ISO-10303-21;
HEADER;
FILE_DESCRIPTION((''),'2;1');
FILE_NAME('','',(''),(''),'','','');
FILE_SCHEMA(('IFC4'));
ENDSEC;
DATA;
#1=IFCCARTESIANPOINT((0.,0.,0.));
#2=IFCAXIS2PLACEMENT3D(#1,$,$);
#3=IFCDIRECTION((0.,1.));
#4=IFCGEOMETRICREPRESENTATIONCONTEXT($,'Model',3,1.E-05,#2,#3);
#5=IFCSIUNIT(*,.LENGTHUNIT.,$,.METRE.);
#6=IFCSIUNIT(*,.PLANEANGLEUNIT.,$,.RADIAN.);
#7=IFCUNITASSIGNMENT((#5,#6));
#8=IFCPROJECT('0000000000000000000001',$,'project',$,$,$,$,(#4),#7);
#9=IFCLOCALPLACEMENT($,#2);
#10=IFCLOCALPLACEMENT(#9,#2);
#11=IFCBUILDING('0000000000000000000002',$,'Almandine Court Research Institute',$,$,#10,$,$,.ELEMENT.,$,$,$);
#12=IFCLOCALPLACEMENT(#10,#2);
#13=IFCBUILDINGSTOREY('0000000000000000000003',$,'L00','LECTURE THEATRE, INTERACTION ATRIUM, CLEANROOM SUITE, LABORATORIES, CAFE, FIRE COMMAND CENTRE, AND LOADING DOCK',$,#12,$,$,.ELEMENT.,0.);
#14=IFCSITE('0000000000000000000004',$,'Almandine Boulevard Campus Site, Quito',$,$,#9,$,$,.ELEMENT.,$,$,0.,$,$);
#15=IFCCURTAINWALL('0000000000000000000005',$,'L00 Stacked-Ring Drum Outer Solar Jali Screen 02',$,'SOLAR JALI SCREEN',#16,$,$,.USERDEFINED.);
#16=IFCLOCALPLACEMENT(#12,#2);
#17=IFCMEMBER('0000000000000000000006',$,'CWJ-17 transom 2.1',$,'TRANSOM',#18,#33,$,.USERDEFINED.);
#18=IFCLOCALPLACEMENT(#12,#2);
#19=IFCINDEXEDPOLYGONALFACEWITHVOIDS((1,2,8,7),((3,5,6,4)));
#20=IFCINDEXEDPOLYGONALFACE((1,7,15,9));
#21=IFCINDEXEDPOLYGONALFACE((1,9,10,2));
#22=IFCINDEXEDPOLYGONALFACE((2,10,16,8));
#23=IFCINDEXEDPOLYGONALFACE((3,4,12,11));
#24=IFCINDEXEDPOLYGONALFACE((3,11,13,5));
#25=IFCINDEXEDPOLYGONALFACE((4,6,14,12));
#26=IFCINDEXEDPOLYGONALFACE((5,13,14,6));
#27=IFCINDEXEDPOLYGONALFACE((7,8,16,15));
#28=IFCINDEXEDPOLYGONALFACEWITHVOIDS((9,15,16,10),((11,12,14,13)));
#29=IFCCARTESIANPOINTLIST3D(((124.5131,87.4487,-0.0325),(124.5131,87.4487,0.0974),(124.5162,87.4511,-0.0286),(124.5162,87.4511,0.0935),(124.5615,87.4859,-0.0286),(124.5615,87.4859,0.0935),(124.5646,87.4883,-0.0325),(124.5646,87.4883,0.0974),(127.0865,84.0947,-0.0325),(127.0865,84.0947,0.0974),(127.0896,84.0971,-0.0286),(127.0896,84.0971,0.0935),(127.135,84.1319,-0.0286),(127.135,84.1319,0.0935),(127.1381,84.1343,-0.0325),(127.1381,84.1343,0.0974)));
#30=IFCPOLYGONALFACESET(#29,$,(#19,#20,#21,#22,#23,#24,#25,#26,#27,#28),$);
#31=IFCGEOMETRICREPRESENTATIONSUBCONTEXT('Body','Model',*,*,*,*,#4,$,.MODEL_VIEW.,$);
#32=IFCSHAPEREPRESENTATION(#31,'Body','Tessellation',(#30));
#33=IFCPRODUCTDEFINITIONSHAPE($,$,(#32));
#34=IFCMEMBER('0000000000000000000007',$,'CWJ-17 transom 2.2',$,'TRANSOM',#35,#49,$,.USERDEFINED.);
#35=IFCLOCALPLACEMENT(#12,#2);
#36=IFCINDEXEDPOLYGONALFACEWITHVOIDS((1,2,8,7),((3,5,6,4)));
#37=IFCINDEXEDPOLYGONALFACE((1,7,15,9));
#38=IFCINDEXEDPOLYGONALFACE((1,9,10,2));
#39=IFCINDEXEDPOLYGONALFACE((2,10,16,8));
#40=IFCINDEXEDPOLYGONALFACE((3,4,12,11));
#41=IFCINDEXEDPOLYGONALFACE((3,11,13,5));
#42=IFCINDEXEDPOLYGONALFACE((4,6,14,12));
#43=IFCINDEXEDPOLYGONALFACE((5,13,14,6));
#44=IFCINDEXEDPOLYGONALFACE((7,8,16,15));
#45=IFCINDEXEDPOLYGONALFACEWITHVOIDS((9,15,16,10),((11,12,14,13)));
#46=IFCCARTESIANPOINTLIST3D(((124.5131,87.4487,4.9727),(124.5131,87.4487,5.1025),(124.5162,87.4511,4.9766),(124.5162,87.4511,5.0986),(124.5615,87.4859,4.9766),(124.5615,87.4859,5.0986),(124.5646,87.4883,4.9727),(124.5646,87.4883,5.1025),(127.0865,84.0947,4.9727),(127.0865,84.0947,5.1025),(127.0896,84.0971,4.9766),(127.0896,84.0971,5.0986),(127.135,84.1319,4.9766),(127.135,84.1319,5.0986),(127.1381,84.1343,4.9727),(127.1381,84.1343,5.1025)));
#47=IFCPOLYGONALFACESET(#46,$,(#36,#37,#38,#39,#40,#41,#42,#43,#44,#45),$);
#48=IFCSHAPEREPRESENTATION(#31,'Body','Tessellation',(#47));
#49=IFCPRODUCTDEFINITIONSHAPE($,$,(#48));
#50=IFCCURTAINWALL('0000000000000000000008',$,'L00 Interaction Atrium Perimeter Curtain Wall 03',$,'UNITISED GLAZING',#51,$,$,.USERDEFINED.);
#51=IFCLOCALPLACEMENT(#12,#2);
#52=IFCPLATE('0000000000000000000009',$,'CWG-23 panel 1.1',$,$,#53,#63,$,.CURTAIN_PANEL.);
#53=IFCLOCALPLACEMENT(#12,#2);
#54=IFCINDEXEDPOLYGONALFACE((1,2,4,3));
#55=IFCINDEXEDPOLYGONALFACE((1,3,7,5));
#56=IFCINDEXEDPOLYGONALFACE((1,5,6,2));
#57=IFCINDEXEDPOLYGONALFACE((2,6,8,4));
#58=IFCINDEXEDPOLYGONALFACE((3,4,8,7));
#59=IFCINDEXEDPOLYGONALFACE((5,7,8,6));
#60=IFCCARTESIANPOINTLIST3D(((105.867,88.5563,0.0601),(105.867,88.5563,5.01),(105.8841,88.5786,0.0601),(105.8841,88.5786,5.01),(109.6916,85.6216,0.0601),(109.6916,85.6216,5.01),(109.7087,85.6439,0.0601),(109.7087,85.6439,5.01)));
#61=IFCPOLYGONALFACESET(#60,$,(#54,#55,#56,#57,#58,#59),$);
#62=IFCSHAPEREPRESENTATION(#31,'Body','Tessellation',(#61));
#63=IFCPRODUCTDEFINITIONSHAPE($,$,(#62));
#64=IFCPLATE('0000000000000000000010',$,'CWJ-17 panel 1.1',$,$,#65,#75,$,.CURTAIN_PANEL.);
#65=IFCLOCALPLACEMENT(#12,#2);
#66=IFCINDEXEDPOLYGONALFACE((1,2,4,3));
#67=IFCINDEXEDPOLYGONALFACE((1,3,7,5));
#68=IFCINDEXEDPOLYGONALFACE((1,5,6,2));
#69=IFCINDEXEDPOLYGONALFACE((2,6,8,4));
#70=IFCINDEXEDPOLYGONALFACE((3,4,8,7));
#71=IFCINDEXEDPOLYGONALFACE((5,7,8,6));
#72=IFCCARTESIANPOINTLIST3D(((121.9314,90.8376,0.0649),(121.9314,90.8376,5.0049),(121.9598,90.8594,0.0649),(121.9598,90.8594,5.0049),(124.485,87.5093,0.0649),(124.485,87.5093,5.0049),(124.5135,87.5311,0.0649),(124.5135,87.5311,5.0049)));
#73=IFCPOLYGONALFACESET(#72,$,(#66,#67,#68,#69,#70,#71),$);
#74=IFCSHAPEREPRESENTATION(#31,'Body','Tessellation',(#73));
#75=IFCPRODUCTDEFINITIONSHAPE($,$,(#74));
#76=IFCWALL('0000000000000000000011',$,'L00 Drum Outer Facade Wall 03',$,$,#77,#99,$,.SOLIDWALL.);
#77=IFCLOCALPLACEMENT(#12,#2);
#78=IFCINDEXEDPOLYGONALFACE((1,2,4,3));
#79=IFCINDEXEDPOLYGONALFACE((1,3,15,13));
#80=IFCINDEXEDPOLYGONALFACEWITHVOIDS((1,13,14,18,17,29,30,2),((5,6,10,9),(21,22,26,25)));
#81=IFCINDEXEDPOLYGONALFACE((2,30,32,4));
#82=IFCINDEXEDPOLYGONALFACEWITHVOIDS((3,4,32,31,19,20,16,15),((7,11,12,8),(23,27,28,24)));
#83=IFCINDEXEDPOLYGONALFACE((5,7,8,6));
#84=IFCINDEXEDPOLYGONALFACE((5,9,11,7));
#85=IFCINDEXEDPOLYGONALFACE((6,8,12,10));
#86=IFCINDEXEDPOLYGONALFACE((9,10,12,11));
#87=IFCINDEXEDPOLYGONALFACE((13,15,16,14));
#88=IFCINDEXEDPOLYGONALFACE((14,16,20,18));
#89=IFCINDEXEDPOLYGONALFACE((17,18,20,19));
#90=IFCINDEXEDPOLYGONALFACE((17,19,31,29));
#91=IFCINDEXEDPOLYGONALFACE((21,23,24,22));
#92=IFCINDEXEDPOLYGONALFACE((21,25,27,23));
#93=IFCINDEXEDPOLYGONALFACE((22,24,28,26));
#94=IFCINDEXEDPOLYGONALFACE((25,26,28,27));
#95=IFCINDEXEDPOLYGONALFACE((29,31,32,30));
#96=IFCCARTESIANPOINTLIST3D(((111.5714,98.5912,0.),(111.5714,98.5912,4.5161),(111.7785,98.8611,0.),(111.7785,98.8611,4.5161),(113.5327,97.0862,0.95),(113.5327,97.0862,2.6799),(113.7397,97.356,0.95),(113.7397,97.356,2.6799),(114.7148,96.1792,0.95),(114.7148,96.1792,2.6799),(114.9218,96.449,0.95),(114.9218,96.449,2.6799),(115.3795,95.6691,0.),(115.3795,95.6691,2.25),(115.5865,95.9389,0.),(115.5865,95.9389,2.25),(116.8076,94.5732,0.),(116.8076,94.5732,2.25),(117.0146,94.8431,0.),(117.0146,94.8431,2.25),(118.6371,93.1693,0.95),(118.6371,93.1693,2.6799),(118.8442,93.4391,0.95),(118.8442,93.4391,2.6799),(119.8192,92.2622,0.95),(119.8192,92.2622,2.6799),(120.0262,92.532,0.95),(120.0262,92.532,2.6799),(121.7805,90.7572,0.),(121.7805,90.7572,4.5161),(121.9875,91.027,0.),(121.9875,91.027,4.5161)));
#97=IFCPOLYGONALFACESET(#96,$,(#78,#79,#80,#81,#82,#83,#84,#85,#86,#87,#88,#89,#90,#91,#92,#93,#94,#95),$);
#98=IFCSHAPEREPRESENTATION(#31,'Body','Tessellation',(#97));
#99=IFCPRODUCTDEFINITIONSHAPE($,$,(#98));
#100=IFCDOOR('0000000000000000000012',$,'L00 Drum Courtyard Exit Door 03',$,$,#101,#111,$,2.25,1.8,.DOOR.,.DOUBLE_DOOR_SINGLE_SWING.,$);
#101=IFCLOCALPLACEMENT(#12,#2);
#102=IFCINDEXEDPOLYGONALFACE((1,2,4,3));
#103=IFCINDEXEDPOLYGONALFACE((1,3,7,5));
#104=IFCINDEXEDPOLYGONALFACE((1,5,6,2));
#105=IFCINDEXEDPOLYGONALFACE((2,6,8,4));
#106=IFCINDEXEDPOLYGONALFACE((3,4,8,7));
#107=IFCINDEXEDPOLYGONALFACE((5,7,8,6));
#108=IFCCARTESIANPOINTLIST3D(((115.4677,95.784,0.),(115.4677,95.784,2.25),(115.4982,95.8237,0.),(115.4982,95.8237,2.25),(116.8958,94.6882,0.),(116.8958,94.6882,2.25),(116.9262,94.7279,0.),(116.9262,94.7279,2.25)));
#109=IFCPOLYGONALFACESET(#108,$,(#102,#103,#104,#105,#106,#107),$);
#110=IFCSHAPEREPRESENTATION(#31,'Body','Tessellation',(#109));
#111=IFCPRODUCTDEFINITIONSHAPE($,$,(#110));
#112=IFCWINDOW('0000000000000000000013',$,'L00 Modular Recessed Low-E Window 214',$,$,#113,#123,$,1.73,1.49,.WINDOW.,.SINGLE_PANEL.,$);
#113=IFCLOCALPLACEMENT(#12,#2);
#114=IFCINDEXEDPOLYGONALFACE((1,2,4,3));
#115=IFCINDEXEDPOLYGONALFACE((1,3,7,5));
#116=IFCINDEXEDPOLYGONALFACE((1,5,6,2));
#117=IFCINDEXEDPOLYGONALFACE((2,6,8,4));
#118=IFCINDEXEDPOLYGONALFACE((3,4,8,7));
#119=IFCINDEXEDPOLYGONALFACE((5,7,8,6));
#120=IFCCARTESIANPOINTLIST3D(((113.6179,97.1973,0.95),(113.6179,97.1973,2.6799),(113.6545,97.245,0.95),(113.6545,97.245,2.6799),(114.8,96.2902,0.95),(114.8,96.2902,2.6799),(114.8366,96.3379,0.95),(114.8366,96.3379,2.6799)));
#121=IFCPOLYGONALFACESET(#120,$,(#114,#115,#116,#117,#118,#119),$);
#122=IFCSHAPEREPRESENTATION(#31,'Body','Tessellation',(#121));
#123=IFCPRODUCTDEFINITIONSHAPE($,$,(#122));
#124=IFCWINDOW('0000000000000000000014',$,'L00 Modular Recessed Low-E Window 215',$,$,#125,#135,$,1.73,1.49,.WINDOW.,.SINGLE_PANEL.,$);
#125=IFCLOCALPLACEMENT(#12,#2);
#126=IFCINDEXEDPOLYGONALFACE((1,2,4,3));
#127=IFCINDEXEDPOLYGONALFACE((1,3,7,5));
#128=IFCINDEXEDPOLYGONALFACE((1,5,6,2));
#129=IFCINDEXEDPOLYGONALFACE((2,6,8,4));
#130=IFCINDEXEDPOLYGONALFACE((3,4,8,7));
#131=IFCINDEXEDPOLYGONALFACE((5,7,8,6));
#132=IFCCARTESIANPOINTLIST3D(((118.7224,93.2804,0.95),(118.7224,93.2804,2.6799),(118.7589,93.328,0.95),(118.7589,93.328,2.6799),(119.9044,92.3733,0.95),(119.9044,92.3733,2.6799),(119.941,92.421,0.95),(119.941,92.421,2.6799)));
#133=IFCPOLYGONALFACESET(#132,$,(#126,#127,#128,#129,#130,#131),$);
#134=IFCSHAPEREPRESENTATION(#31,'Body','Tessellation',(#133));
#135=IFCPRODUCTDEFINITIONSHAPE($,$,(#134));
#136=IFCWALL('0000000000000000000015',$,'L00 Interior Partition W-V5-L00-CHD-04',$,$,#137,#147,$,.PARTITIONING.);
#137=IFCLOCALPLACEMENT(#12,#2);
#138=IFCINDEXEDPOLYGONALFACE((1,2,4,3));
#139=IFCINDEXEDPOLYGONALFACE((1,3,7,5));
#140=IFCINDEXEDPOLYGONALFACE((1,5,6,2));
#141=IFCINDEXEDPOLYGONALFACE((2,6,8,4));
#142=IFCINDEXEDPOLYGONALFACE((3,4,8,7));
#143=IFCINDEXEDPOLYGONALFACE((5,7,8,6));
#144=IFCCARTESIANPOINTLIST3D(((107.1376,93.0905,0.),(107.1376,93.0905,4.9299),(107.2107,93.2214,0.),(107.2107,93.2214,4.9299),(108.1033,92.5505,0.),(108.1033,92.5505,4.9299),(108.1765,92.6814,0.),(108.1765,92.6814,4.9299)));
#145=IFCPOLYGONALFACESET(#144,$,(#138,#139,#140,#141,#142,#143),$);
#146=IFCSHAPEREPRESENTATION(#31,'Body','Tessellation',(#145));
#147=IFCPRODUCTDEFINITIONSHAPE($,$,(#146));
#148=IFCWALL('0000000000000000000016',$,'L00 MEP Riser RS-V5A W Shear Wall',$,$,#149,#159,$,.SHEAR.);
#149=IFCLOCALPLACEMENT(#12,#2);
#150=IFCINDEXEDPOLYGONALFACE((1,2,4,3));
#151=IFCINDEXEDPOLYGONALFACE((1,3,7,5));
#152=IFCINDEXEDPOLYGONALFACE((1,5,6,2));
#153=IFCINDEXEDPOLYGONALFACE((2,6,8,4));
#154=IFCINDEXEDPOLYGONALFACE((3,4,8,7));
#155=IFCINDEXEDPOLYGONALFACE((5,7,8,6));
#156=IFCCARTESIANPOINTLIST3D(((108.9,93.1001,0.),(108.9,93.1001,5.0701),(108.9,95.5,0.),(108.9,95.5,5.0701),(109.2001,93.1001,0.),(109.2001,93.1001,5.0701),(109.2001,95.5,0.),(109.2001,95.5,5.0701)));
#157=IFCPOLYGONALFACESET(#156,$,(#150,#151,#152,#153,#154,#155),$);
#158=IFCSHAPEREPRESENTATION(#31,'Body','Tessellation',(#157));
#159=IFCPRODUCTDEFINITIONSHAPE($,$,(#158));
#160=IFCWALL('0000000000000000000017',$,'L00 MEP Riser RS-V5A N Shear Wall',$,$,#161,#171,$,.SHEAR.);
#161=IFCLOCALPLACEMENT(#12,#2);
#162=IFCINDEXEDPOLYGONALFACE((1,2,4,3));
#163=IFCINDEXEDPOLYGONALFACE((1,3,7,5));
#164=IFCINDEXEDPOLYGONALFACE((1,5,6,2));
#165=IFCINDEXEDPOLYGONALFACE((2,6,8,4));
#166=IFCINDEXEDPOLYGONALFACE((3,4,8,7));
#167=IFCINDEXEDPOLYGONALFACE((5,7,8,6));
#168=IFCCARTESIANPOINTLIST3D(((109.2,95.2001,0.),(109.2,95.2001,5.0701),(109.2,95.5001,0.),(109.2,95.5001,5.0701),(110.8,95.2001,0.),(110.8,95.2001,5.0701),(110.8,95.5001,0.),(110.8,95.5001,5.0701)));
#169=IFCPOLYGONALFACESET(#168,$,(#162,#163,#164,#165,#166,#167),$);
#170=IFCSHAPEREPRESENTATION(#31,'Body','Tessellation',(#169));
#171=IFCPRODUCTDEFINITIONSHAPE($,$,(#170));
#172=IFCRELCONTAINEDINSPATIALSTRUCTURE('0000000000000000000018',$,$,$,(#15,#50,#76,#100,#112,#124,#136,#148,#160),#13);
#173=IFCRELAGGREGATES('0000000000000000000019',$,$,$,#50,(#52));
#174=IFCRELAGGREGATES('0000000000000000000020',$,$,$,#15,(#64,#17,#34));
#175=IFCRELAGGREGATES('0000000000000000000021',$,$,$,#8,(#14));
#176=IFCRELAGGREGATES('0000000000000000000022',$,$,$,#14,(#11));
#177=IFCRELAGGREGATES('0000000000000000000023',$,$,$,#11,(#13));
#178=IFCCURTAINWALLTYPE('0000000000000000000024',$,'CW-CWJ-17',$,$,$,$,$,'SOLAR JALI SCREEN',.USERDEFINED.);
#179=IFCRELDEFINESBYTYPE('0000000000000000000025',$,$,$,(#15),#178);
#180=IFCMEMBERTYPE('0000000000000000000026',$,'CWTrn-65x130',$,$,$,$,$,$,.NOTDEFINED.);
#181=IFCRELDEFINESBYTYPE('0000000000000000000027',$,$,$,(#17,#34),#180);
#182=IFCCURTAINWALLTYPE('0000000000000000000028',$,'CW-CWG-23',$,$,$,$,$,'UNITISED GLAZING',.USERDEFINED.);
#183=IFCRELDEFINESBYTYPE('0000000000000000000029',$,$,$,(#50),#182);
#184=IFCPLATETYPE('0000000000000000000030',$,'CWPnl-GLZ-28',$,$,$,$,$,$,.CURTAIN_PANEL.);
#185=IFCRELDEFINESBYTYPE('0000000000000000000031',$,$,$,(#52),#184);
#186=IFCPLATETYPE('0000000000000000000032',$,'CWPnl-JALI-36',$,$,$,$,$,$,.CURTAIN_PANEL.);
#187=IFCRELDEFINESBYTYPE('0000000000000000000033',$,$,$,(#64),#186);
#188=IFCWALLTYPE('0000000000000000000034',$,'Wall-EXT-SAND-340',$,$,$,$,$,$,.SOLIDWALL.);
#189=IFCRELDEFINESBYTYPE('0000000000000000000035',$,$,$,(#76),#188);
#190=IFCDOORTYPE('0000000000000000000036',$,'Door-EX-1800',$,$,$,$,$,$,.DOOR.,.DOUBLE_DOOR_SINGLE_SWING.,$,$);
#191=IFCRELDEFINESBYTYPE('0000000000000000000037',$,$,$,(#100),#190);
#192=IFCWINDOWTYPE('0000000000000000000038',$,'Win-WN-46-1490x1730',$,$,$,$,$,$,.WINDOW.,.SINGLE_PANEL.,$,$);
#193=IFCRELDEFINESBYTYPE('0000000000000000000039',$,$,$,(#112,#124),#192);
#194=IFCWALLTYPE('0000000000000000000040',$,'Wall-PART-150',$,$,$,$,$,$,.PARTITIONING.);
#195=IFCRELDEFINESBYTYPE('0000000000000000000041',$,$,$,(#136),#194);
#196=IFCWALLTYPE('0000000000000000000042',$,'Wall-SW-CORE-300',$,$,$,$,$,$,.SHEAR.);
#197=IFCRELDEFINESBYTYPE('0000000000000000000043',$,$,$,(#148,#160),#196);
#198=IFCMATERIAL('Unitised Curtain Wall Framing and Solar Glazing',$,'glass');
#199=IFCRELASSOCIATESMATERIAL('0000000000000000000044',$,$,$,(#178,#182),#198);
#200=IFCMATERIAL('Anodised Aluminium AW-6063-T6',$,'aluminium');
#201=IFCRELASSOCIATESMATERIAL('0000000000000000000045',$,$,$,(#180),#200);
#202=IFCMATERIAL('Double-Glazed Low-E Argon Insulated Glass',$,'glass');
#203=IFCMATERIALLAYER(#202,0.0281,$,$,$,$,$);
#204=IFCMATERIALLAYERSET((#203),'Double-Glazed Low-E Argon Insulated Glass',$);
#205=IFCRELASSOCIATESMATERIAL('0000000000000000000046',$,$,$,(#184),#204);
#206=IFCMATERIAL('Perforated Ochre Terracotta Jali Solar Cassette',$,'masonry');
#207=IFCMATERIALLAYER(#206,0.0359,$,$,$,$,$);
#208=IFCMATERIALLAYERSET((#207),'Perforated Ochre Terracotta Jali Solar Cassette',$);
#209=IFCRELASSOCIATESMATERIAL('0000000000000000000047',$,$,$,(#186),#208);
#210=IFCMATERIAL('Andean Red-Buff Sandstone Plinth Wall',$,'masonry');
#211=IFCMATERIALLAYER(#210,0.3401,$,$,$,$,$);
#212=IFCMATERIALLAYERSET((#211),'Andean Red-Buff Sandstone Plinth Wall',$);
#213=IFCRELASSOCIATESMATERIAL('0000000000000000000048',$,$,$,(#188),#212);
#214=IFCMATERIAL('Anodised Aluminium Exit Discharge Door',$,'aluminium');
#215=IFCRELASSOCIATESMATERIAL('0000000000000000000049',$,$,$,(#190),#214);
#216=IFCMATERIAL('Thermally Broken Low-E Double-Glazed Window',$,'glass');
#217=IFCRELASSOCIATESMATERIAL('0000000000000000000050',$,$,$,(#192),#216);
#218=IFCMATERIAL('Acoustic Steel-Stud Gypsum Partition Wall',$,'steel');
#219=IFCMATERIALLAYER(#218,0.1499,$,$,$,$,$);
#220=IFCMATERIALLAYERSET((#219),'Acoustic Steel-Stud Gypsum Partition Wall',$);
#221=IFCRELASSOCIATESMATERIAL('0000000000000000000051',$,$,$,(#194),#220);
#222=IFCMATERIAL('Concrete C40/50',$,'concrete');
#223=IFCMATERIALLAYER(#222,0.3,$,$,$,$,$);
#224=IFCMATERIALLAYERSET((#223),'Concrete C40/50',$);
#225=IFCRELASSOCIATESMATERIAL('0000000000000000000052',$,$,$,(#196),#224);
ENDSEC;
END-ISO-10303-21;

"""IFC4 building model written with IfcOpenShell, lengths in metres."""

from ifc_helpers import new_model, si_unit, direction, frame, frame_2d, origin, origin_2d, place, context, subcontext, project, spatial, rectangle, hollow_rectangle, extrude, material, layer, layer_set, material_profile, profile_set, type_object, element, fill, aggregate, save


model = new_model("IFC4")

# Units and contexts
model_context = context("Model", 3, precision=1e-05, world=origin(), true_north=direction((0.0, 1.0)))
body_context = subcontext(model_context, "Body", "Model", "MODEL_VIEW")
ifc_project = project(units=[si_unit("LENGTHUNIT", "METRE"), si_unit("PLANEANGLEUNIT", "RADIAN")], contexts=[model_context])

# Site, building, storey
site_placement = place(None, origin())
site = spatial("IfcSite", under=ifc_project, at=site_placement, Name="Almandine Boulevard Campus Site, Quito", CompositionType="ELEMENT", RefElevation=0.0)
building_placement = place(site_placement, origin())
building = spatial("IfcBuilding", under=site, at=building_placement, Name="Almandine Court Research Institute", CompositionType="ELEMENT")
storey_placement = place(building_placement, origin())
storey = spatial("IfcBuildingStorey", under=building, at=storey_placement, Name="L00", Description="LECTURE THEATRE, INTERACTION ATRIUM, CLEANROOM SUITE, LABORATORIES, CAFE, FIRE COMMAND CENTRE, AND LOADING DOCK", CompositionType="ELEMENT", Elevation=0.0)

# Curtain wall, members
ifc_material_1 = material(Name="Unitised Curtain Wall Framing and Solar Glazing", Category="glass")
curtain_wall_type_1 = type_object("IfcCurtainWallType", Name="CW-CWJ-17", ElementType="SOLAR JALI SCREEN", PredefinedType="USERDEFINED", material=ifc_material_1)
curtain_wall_1_placement = place(storey_placement, origin())
curtain_wall_1 = element("IfcCurtainWall", 1, at=curtain_wall_1_placement, inside=storey, type_object=curtain_wall_type_1, Name="L00 Stacked-Ring Drum Outer Solar Jali Screen 02", ObjectType="SOLAR JALI SCREEN", PredefinedType="USERDEFINED")
ifc_material_2 = material(Name="Anodised Aluminium AW-6063-T6", Category="aluminium")
ifc_material_profile_1 = material_profile(ifc_material_2, hollow_rectangle(XDim=0.0649, YDim=0.1299, WallThickness=0.0039, at=origin_2d()), Name="ALU RHS 65x130x4")
ifc_profile_set_1 = profile_set([ifc_material_profile_1], Name="Anodised Aluminium AW-6063-T6")
member_type_1 = type_object("IfcMemberType", Name="CWTrn-65x130", PredefinedType="NOTDEFINED", material=ifc_profile_set_1)
member_1_placement = place(storey_placement, frame((124.5388, 87.4685, 0.0325), z_axis=(0.608742, -0.793368, 0.0), x_axis=(0.793368, 0.608742, 0.0)))
member_1 = element("IfcMember", 2, at=member_1_placement, type_object=member_type_1, Name="CWJ-17 transom 2.1", ObjectType="TRANSOM", PredefinedType="USERDEFINED", context=body_context, shape_type="SweptSolid", body=[
    extrude(hollow_rectangle(XDim=0.0649, YDim=0.1299, WallThickness=0.0039, at=origin_2d()), origin(), (0.0, 0.0, 1.0), 4.2275),
])
member_2_placement = place(storey_placement, frame((124.5388, 87.4685, 5.0376), z_axis=(0.608742, -0.793368, 0.0), x_axis=(0.793368, 0.608742, 0.0)))
member_2 = element("IfcMember", 3, at=member_2_placement, type_object=member_type_1, Name="CWJ-17 transom 2.2", ObjectType="TRANSOM", PredefinedType="USERDEFINED", context=body_context, shape_type="SweptSolid", body=[
    extrude(hollow_rectangle(XDim=0.0649, YDim=0.1299, WallThickness=0.0039, at=origin_2d()), origin(), (0.0, 0.0, 1.0), 4.2275),
])

# Curtain wall, plate
curtain_wall_type_2 = type_object("IfcCurtainWallType", Name="CW-CWG-23", ElementType="UNITISED GLAZING", PredefinedType="USERDEFINED", material=ifc_material_1)
curtain_wall_2_placement = place(storey_placement, origin())
curtain_wall_2 = element("IfcCurtainWall", 4, at=curtain_wall_2_placement, inside=storey, type_object=curtain_wall_type_2, Name="L00 Interaction Atrium Perimeter Curtain Wall 03", ObjectType="UNITISED GLAZING", PredefinedType="USERDEFINED")
ifc_material_3 = material(Name="Double-Glazed Low-E Argon Insulated Glass", Category="glass")
ifc_layer_1 = layer(ifc_material_3, 0.0281)
ifc_layer_set_1 = layer_set([ifc_layer_1], Name="Double-Glazed Low-E Argon Insulated Glass")
plate_type_1 = type_object("IfcPlateType", Name="CWPnl-GLZ-28", PredefinedType="CURTAIN_PANEL", material=ifc_layer_set_1)
plate_1_placement = place(storey_placement, frame((107.7878, 87.1001, 0.0601), z_axis=(0.0, 0.0, 1.0), x_axis=(0.793354, -0.608761, 0.0)))
plate_1 = element("IfcPlate", 5, at=plate_1_placement, type_object=plate_type_1, Name="CWG-23 panel 1.1", PredefinedType="CURTAIN_PANEL", context=body_context, shape_type="SweptSolid", body=[
    extrude(rectangle(XDim=4.8208, YDim=0.0281, at=origin_2d()), origin(), (0.0, 0.0, 1.0), 4.95),
])
aggregate(curtain_wall_2, [plate_1])

# Plate
ifc_material_4 = material(Name="Perforated Ochre Terracotta Jali Solar Cassette", Category="masonry")
ifc_layer_2 = layer(ifc_material_4, 0.0359)
ifc_layer_set_2 = layer_set([ifc_layer_2], Name="Perforated Ochre Terracotta Jali Solar Cassette")
plate_type_2 = type_object("IfcPlateType", Name="CWPnl-JALI-36", PredefinedType="CURTAIN_PANEL", material=ifc_layer_set_2)
plate_2_placement = place(storey_placement, frame((123.2224, 89.1843, 0.0649), z_axis=(0.0, 0.0, 1.0), x_axis=(0.608723, -0.793383, 0.0)))
plate_2 = element("IfcPlate", 6, at=plate_2_placement, type_object=plate_type_2, Name="CWJ-17 panel 1.1", PredefinedType="CURTAIN_PANEL", context=body_context, shape_type="SweptSolid", body=[
    extrude(rectangle(XDim=4.1951, YDim=0.0359, at=origin_2d()), origin(), (0.0, 0.0, 1.0), 4.9399),
])
aggregate(curtain_wall_1, [plate_2, member_1, member_2])

# Wall, openings, door, windows
ifc_material_5 = material(Name="Andean Red-Buff Sandstone Plinth Wall", Category="masonry")
ifc_layer_3 = layer(ifc_material_5, 0.3401)
ifc_layer_set_3 = layer_set([ifc_layer_3], Name="Andean Red-Buff Sandstone Plinth Wall")
wall_type_1 = type_object("IfcWallType", Name="Wall-EXT-SAND-340", PredefinedType="SOLIDWALL", material=ifc_layer_set_3)
wall_1_placement = place(storey_placement, frame((111.675, 98.7261, 0.0), z_axis=(0.0, 0.0, 1.0), x_axis=(0.79334, -0.608779, 0.0)))
wall_1 = element("IfcWall", 7, at=wall_1_placement, inside=storey, type_object=wall_type_1, Name="L00 Drum Outer Facade Wall 03", PredefinedType="SOLIDWALL", context=body_context, shape_type="SweptSolid", body=[
    extrude(rectangle(XDim=12.8684, YDim=0.3401, at=frame_2d((6.4341, 0.0))), origin(), (0.0, 0.0, 1.0), 4.5161),
])
opening_1_placement = place(wall_1_placement, frame((4.8, 0.0, 0.0)))
opening_1 = element("IfcOpeningElement", 8, at=opening_1_placement, cuts=wall_1, PredefinedType="OPENING", context=body_context, shape_type="SweptSolid", body=[
    extrude(rectangle(XDim=1.8, YDim=2.25, at=frame_2d((0.8999, 1.125))), frame((0.0, 0.1799, 0.0), z_axis=(0.0, -1.0, 0.0), x_axis=(1.0, 0.0, 0.0)), (0.0, 0.0, 1.0), 0.3601),
])
opening_2_placement = place(wall_1_placement, frame((2.4719, 0.0, 0.95)))
opening_2 = element("IfcOpeningElement", 9, at=opening_2_placement, cuts=wall_1, PredefinedType="OPENING", context=body_context, shape_type="SweptSolid", body=[
    extrude(rectangle(XDim=1.49, YDim=1.73, at=frame_2d((0.7451, 0.865))), frame((0.0, 0.1799, 0.0), z_axis=(0.0, -1.0, 0.0), x_axis=(1.0, 0.0, 0.0)), (0.0, 0.0, 1.0), 0.3601),
])
opening_3_placement = place(wall_1_placement, frame((8.906, 0.0, 0.95)))
opening_3 = element("IfcOpeningElement", 10, at=opening_3_placement, cuts=wall_1, PredefinedType="OPENING", context=body_context, shape_type="SweptSolid", body=[
    extrude(rectangle(XDim=1.49, YDim=1.73, at=frame_2d((0.7451, 0.865))), frame((0.0, 0.1799, 0.0), z_axis=(0.0, -1.0, 0.0), x_axis=(1.0, 0.0, 0.0)), (0.0, 0.0, 1.0), 0.3601),
])
ifc_material_6 = material(Name="Anodised Aluminium Exit Discharge Door", Category="aluminium")
door_type = type_object("IfcDoorType", Name="Door-EX-1800", OperationType="DOUBLE_DOOR_SINGLE_SWING", PredefinedType="DOOR", material=ifc_material_6)
door_placement = place(opening_1_placement, origin())
door = element("IfcDoor", 11, at=door_placement, inside=storey, type_object=door_type, Name="L00 Drum Courtyard Exit Door 03", OperationType="DOUBLE_DOOR_SINGLE_SWING", OverallHeight=2.25, OverallWidth=1.8, PredefinedType="DOOR", context=body_context, shape_type="SweptSolid", body=[
    extrude(rectangle(XDim=1.8, YDim=2.25, at=frame_2d((0.8999, 1.125))), frame((0.0, 0.0249, 0.0), z_axis=(0.0, -1.0, 0.0), x_axis=(1.0, 0.0, 0.0)), (0.0, 0.0, 1.0), 0.05),
])
fill(opening_1, door)
ifc_material_7 = material(Name="Thermally Broken Low-E Double-Glazed Window", Category="glass")
window_type = type_object("IfcWindowType", Name="Win-WN-46-1490x1730", PartitioningType="SINGLE_PANEL", PredefinedType="WINDOW", material=ifc_material_7)
window_1_placement = place(opening_2_placement, origin())
window_1 = element("IfcWindow", 12, at=window_1_placement, inside=storey, type_object=window_type, Name="L00 Modular Recessed Low-E Window 214", OverallHeight=1.73, OverallWidth=1.49, PartitioningType="SINGLE_PANEL", PredefinedType="WINDOW", context=body_context, shape_type="SweptSolid", body=[
    extrude(rectangle(XDim=1.49, YDim=1.73, at=frame_2d((0.7451, 0.865))), frame((0.0, 0.03, 0.0), z_axis=(0.0, -1.0, 0.0), x_axis=(1.0, 0.0, 0.0)), (0.0, 0.0, 1.0), 0.0601),
])
fill(opening_2, window_1)
window_2_placement = place(opening_3_placement, origin())
window_2 = element("IfcWindow", 13, at=window_2_placement, inside=storey, type_object=window_type, Name="L00 Modular Recessed Low-E Window 215", OverallHeight=1.73, OverallWidth=1.49, PartitioningType="SINGLE_PANEL", PredefinedType="WINDOW", context=body_context, shape_type="SweptSolid", body=[
    extrude(rectangle(XDim=1.49, YDim=1.73, at=frame_2d((0.7451, 0.865))), frame((0.0, 0.03, 0.0), z_axis=(0.0, -1.0, 0.0), x_axis=(1.0, 0.0, 0.0)), (0.0, 0.0, 1.0), 0.0601),
])
fill(opening_3, window_2)

# Walls
ifc_material_8 = material(Name="Acoustic Steel-Stud Gypsum Partition Wall", Category="steel")
ifc_layer_4 = layer(ifc_material_8, 0.1499)
ifc_layer_set_4 = layer_set([ifc_layer_4], Name="Acoustic Steel-Stud Gypsum Partition Wall")
wall_type_2 = type_object("IfcWallType", Name="Wall-PART-150", PredefinedType="PARTITIONING", material=ifc_layer_set_4)
wall_2_placement = place(storey_placement, frame((108.1399, 92.616, 0.0), z_axis=(0.0, 0.0, 1.0), x_axis=(-0.872822, 0.488039, 0.0)))
element("IfcWall", 14, at=wall_2_placement, inside=storey, type_object=wall_type_2, Name="L00 Interior Partition W-V5-L00-CHD-04", PredefinedType="PARTITIONING", context=body_context, shape_type="SweptSolid", body=[
    extrude(rectangle(XDim=1.1064, YDim=0.1499, at=frame_2d((0.5532, 0.0))), origin(), (0.0, 0.0, 1.0), 4.9299),
])
ifc_material_9 = material(Name="Concrete C40/50", Category="concrete")
ifc_layer_5 = layer(ifc_material_9, 0.3)
ifc_layer_set_5 = layer_set([ifc_layer_5], Name="Concrete C40/50")
wall_type_3 = type_object("IfcWallType", Name="Wall-SW-CORE-300", PredefinedType="SHEAR", material=ifc_layer_set_5)
wall_3_placement = place(storey_placement, frame((109.05, 93.1001, 0.0), z_axis=(0.0, 0.0, 1.0), x_axis=(0.0, 1.0, 0.0)))
element("IfcWall", 15, at=wall_3_placement, inside=storey, type_object=wall_type_3, Name="L00 MEP Riser RS-V5A W Shear Wall", PredefinedType="SHEAR", context=body_context, shape_type="SweptSolid", body=[
    extrude(rectangle(XDim=2.3999, YDim=0.3, at=frame_2d((1.2, 0.0))), origin(), (0.0, 0.0, 1.0), 5.0701),
])
wall_4_placement = place(storey_placement, frame((109.2, 95.3501, 0.0), z_axis=(0.0, 0.0, 1.0), x_axis=(1.0, 0.0, 0.0)))
element("IfcWall", 16, at=wall_4_placement, inside=storey, type_object=wall_type_3, Name="L00 MEP Riser RS-V5A N Shear Wall", PredefinedType="SHEAR", context=body_context, shape_type="SweptSolid", body=[
    extrude(rectangle(XDim=1.6001, YDim=0.3, at=frame_2d((0.8, 0.0))), origin(), (0.0, 0.0, 1.0), 5.0701),
])

save(model, "model.ifc")
